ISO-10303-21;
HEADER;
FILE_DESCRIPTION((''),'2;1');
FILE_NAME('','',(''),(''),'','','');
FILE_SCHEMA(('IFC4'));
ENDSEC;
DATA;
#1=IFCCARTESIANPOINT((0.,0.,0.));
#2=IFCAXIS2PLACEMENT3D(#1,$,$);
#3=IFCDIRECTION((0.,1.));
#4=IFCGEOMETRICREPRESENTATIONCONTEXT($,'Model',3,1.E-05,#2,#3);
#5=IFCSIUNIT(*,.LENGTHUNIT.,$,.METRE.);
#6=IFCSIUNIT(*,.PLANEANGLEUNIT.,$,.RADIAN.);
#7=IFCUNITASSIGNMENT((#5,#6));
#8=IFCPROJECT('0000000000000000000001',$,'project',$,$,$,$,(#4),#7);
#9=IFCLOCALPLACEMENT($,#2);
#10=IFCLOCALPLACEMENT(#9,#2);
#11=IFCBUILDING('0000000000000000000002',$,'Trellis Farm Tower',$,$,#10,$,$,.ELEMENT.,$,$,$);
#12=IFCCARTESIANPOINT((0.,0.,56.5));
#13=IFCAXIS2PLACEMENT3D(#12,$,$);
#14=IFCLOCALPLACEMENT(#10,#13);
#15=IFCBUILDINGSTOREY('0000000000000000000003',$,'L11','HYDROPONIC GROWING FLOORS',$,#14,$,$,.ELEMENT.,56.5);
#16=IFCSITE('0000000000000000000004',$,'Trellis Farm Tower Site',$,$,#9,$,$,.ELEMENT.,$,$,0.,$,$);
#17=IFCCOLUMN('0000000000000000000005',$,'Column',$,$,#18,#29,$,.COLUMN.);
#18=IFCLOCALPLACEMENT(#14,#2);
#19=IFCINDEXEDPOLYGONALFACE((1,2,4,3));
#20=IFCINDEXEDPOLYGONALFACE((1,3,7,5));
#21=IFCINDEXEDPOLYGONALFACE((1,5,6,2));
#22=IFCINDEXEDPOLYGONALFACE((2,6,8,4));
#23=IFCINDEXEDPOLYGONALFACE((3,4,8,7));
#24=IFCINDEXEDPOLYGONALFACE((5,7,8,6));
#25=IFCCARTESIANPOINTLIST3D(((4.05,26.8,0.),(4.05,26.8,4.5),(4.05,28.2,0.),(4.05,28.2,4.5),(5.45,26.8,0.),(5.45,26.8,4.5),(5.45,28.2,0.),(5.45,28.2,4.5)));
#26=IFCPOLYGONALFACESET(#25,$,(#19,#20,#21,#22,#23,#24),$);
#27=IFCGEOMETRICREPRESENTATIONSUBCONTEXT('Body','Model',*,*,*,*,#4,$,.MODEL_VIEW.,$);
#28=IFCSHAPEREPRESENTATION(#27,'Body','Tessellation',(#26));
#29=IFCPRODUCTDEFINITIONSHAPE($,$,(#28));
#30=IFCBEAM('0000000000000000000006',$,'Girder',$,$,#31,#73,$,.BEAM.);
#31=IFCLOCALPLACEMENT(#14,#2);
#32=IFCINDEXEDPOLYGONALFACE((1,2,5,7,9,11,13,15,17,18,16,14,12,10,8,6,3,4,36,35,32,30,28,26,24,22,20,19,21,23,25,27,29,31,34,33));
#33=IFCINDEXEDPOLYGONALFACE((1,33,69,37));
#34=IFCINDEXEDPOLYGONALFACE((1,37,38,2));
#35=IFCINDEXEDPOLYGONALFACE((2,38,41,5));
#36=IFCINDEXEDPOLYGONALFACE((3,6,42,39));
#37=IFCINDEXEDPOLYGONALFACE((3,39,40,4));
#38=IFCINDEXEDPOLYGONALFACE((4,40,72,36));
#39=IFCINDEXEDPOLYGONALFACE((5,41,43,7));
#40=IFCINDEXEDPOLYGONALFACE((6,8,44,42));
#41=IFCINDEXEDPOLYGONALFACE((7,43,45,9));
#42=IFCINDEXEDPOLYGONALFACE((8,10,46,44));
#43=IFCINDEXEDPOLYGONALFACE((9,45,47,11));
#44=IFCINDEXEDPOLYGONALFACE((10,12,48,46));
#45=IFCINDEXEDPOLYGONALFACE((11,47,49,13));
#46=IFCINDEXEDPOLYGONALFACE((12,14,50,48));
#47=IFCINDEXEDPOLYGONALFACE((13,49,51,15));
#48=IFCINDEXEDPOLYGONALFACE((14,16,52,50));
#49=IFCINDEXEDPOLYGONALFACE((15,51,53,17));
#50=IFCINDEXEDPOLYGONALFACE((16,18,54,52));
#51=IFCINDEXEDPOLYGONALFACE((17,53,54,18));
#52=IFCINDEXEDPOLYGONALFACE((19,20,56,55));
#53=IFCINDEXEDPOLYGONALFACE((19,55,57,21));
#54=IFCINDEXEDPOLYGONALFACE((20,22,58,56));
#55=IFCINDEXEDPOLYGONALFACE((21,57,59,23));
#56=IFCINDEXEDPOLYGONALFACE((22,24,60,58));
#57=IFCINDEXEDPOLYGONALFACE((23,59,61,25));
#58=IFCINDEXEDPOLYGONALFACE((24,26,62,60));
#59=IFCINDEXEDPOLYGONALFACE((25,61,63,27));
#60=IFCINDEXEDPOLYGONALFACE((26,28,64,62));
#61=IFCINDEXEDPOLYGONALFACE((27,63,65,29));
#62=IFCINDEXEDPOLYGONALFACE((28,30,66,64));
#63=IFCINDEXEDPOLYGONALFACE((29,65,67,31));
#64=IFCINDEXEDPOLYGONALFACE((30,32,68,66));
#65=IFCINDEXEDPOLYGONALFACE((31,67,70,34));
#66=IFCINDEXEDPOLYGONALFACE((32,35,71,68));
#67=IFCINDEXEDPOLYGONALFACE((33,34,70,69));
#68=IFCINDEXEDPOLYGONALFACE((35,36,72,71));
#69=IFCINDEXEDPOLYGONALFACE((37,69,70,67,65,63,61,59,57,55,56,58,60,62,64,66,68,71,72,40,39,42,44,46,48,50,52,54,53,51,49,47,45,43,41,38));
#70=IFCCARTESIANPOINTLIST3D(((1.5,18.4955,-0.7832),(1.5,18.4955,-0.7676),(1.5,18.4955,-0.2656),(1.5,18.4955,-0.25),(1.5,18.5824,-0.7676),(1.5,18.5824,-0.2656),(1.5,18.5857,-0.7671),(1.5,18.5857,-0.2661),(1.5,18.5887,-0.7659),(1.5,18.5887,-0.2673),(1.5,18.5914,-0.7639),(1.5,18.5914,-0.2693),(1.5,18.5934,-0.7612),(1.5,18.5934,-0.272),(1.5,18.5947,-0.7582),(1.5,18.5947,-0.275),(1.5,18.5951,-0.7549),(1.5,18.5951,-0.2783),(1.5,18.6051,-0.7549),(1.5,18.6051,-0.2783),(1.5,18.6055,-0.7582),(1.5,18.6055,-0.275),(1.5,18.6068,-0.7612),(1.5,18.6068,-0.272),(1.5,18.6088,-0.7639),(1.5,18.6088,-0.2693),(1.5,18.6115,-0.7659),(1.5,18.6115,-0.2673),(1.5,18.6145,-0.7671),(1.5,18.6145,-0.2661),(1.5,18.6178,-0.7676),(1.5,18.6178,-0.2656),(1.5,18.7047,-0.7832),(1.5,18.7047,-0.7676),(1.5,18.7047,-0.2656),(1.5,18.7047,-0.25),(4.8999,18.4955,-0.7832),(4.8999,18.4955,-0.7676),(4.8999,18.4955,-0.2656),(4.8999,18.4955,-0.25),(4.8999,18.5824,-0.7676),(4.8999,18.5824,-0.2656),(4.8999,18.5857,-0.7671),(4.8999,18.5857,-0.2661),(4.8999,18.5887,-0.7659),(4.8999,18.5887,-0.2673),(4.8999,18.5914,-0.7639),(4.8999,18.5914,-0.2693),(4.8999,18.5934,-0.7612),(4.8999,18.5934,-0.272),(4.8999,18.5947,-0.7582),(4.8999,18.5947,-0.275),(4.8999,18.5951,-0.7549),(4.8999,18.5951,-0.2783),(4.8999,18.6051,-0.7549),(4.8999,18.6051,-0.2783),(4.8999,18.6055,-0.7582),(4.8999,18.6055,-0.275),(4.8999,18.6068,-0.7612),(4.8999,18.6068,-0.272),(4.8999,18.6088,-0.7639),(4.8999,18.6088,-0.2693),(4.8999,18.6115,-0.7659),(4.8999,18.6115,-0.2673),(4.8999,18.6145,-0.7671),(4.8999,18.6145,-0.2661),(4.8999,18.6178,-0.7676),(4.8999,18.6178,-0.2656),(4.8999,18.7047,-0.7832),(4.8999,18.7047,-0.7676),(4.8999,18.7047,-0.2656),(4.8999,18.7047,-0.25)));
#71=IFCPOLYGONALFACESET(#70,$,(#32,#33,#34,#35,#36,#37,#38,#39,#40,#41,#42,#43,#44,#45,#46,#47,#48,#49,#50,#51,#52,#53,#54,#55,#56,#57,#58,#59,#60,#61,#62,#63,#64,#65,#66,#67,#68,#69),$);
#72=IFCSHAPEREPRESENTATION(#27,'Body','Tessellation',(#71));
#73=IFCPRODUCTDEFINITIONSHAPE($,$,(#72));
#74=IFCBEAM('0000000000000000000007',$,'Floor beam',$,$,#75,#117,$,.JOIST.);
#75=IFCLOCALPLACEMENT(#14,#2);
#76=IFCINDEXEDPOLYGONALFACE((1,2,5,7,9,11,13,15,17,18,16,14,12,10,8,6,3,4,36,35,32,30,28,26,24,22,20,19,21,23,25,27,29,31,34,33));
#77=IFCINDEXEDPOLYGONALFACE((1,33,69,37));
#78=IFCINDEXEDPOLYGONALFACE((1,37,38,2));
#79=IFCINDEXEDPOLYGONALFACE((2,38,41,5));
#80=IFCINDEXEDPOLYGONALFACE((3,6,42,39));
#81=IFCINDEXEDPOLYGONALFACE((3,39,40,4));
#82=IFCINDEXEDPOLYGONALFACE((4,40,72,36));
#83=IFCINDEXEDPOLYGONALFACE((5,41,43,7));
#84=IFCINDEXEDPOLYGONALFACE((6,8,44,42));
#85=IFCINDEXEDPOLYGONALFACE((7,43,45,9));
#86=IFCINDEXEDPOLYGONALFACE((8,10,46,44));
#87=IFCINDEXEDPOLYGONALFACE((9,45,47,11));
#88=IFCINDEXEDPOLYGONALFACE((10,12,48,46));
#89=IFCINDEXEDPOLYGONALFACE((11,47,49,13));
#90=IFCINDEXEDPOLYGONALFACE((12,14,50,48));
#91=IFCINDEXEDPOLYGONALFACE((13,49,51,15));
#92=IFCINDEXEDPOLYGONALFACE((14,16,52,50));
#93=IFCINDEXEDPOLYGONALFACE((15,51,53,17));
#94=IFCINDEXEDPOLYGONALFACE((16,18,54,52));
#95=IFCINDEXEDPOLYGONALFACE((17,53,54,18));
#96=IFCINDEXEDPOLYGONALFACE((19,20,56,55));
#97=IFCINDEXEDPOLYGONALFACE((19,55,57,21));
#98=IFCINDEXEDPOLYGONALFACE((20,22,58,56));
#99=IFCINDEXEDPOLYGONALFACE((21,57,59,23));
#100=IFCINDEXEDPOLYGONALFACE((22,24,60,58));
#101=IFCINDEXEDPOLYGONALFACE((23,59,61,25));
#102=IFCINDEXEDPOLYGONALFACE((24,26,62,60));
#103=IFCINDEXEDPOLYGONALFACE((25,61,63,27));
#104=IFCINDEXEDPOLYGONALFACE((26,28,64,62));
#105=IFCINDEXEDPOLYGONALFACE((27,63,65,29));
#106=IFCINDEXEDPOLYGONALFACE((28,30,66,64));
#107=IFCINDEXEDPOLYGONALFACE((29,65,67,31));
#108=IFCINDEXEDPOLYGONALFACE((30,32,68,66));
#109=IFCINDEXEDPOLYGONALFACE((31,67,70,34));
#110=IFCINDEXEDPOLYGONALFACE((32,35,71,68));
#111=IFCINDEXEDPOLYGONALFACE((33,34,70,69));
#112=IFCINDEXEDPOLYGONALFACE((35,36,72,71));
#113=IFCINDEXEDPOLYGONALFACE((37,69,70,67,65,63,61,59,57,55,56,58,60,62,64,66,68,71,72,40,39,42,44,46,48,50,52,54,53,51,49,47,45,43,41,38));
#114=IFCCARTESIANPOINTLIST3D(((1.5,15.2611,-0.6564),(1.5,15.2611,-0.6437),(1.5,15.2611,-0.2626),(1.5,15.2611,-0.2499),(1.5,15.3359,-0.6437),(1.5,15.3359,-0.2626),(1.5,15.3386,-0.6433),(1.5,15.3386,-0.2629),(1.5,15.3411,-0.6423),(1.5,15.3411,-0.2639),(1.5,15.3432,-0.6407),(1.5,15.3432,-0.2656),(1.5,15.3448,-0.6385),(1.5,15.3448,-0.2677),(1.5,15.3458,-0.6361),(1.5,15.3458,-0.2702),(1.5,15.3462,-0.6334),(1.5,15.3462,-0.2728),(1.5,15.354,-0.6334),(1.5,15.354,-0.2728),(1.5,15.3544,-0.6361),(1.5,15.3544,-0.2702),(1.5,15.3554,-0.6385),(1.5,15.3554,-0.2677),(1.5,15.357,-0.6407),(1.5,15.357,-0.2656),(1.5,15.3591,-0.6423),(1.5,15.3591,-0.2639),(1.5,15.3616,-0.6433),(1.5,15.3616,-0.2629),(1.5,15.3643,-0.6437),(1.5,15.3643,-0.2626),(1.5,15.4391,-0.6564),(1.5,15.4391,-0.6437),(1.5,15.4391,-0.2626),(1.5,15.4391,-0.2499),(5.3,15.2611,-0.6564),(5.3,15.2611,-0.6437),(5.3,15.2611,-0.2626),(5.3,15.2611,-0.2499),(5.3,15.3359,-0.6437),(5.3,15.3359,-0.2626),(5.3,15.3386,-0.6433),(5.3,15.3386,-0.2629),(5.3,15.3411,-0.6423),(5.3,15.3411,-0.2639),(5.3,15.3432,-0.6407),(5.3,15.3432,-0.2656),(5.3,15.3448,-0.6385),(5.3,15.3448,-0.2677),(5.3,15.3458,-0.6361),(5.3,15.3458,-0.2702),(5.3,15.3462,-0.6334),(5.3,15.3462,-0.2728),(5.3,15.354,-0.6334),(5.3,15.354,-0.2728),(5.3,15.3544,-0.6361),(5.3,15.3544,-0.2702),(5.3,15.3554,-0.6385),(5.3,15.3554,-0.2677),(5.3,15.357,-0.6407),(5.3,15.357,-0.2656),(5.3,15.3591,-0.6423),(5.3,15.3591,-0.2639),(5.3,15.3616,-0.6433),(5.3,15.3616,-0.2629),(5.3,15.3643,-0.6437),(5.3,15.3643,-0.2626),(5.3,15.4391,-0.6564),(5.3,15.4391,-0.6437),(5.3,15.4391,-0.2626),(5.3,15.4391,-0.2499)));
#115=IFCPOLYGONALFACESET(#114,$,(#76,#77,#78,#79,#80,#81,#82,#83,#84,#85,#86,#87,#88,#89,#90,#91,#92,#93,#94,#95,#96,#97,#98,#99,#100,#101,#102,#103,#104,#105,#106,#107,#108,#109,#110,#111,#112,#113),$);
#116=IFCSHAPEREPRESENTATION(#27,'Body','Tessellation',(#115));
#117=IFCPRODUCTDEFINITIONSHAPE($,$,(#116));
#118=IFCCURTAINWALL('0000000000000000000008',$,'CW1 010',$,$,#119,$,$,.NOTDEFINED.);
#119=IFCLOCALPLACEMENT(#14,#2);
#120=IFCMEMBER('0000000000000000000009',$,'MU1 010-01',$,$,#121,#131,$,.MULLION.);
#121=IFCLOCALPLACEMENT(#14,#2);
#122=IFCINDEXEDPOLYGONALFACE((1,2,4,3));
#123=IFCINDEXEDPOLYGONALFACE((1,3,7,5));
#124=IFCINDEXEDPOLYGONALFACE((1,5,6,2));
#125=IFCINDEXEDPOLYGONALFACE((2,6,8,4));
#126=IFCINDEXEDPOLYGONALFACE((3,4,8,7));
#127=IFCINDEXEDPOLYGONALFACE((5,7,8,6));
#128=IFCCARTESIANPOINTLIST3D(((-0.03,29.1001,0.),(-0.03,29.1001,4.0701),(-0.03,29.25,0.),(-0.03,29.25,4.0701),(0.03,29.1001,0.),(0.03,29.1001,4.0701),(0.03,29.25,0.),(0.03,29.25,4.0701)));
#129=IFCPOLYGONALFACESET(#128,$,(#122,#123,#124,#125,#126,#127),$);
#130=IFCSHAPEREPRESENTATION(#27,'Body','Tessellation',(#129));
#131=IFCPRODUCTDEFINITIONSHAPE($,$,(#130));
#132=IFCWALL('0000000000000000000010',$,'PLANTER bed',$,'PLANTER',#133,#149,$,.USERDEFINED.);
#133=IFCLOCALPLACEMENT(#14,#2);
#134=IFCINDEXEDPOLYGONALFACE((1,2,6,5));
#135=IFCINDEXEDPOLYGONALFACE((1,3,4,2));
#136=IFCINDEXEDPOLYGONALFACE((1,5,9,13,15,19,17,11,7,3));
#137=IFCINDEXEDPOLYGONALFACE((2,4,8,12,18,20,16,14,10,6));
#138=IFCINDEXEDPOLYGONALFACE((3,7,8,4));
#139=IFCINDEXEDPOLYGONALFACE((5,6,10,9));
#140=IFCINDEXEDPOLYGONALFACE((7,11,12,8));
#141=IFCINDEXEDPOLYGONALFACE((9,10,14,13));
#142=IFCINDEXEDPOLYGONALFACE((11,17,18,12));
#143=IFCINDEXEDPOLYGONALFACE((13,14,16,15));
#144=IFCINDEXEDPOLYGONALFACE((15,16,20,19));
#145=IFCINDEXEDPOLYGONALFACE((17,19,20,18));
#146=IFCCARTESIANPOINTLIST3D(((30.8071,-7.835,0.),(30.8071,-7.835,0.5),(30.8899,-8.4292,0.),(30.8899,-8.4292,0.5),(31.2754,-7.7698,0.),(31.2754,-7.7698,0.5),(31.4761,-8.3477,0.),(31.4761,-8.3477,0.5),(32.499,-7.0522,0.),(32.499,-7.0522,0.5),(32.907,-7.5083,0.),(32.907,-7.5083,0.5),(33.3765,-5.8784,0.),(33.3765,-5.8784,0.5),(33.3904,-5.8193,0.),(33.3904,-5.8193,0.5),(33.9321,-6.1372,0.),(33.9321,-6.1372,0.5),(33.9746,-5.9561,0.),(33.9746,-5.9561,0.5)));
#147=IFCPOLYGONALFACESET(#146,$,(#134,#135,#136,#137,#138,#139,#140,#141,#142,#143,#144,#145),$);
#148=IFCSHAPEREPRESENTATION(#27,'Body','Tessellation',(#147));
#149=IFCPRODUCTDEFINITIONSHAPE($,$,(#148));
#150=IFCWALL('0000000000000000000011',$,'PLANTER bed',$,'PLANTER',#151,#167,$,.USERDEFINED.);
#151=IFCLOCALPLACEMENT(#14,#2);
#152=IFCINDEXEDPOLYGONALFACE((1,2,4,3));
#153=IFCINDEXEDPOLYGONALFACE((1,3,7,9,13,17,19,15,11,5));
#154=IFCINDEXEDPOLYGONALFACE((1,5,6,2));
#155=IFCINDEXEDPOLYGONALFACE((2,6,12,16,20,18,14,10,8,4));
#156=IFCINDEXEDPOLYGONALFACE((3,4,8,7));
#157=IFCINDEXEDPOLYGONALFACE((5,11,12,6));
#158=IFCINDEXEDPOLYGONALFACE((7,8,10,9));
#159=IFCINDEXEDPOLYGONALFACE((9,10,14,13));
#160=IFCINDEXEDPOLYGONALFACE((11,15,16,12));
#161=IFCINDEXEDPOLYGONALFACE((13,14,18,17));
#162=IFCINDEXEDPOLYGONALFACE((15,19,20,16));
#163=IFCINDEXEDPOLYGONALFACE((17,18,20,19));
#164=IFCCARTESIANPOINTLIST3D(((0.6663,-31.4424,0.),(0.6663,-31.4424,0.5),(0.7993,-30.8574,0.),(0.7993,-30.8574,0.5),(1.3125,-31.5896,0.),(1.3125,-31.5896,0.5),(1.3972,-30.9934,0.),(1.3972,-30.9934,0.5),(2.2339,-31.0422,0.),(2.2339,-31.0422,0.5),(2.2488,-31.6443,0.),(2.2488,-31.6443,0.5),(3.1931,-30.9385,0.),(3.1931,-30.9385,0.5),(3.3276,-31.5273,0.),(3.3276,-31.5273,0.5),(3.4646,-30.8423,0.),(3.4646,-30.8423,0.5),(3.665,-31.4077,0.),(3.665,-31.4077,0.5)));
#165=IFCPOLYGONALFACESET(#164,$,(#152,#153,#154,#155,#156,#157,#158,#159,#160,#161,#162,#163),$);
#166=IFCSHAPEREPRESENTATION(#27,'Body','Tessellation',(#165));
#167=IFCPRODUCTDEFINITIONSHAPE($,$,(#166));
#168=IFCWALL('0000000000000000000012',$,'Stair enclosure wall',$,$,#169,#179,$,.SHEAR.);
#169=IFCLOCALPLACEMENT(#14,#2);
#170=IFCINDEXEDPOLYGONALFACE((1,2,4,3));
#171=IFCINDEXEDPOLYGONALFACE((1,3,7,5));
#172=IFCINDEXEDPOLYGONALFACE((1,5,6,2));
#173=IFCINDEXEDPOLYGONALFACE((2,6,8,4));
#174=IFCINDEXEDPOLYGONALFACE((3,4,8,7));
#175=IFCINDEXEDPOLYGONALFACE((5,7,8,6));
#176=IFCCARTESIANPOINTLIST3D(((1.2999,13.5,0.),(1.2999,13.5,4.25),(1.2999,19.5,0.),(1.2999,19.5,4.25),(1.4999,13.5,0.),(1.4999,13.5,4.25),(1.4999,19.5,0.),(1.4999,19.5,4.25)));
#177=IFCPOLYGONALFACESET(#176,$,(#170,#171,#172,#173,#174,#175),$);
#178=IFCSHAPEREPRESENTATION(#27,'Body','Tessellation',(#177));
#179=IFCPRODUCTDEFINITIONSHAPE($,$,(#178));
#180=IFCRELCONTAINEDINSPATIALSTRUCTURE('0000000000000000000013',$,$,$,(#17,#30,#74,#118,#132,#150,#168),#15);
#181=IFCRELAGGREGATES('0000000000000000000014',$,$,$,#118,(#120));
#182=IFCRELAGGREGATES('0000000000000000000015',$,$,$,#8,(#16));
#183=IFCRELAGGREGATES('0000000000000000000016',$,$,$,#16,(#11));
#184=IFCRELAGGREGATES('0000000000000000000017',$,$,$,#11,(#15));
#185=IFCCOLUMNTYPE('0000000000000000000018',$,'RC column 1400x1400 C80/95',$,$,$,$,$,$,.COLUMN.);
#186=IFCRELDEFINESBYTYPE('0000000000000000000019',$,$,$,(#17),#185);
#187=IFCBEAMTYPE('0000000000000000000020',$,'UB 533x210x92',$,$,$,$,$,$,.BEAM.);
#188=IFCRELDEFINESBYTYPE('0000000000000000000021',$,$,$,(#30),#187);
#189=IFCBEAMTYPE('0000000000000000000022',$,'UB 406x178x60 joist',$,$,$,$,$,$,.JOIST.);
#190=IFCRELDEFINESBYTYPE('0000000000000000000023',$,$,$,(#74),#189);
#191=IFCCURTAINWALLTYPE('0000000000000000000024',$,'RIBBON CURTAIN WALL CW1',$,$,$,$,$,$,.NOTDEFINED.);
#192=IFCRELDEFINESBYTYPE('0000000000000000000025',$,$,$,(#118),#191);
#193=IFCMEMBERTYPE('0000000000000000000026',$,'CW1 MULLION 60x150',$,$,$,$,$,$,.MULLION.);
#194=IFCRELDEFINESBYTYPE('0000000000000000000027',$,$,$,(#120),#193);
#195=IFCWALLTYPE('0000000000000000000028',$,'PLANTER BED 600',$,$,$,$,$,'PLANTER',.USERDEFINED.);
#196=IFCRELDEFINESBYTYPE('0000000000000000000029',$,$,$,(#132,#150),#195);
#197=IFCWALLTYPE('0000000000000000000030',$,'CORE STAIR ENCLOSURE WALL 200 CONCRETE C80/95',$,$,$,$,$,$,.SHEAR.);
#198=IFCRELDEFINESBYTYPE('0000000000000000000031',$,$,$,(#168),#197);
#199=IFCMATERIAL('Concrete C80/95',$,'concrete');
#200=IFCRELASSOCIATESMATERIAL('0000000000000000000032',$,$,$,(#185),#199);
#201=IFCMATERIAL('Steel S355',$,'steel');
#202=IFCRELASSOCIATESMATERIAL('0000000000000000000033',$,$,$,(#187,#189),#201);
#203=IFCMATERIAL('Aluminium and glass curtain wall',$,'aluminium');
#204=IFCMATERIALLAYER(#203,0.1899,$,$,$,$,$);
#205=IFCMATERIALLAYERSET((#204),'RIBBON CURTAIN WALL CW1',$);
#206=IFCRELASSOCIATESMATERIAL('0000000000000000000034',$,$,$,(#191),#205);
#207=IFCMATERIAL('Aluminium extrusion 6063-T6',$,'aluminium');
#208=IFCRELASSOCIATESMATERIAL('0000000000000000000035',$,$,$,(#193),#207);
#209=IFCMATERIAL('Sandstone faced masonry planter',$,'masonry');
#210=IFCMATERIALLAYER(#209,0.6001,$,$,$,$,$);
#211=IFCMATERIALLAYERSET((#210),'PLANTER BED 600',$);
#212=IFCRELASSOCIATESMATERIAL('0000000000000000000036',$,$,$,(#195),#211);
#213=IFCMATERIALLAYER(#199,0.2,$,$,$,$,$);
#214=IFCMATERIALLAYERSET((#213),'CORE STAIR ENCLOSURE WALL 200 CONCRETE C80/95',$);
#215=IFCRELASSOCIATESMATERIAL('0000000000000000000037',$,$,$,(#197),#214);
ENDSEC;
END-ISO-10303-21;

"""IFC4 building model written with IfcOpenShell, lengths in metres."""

from ifc_helpers import new_model, si_unit, direction, frame, frame_2d, origin, origin_2d, place, context, subcontext, project, spatial, polyline, rectangle, i_section, outline, extrude, source, transform, mapped, material, layer, layer_set, material_profile, profile_set, type_object, element, aggregate, save


model = new_model("IFC4")

# Units and contexts
model_context = context("Model", 3, precision=1e-05, world=origin(), true_north=direction((0.0, 1.0)))
body_context = subcontext(model_context, "Body", "Model", "MODEL_VIEW")
ifc_project = project(units=[si_unit("LENGTHUNIT", "METRE"), si_unit("PLANEANGLEUNIT", "RADIAN")], contexts=[model_context])

# Site, building, storey
site_placement = place(None, origin())
site = spatial("IfcSite", under=ifc_project, at=site_placement, Name="Trellis Farm Tower Site", CompositionType="ELEMENT", RefElevation=0.0)
building_placement = place(site_placement, origin())
building = spatial("IfcBuilding", under=site, at=building_placement, Name="Trellis Farm Tower", CompositionType="ELEMENT")
storey_placement = place(building_placement, frame((0.0, 0.0, 56.5)))
storey = spatial("IfcBuildingStorey", under=building, at=storey_placement, Name="L11", Description="HYDROPONIC GROWING FLOORS", CompositionType="ELEMENT", Elevation=56.5)

# Column
ifc_material_1 = material(Name="Concrete C80/95", Category="concrete")
ifc_material_profile_1 = material_profile(ifc_material_1, rectangle(XDim=1.3999, YDim=1.3999, at=origin_2d()), Name="RC column 1400x1400 C80/95")
ifc_profile_set_1 = profile_set([ifc_material_profile_1], Name="Concrete C80/95")
column_type = type_object("IfcColumnType", Name="RC column 1400x1400 C80/95", PredefinedType="COLUMN", material=ifc_profile_set_1)
shared_shape_1 = source(origin(), body_context, "Body", "SweptSolid", [
    extrude(rectangle(XDim=1.3999, YDim=1.3999, at=origin_2d()), origin(), (0.0, 0.0, 1.0), 4.5),
])
column_placement = place(storey_placement, frame((4.75, 27.5, 0.0), z_axis=(0.0, 0.0, 1.0), x_axis=(1.0, 0.0, 0.0)))
element("IfcColumn", 1, at=column_placement, inside=storey, type_object=column_type, Name="Column", PredefinedType="COLUMN", context=body_context, shape_type="MappedRepresentation", body=[
    mapped(shared_shape_1, transform((0.0, 0.0, 0.0))),
])

# Beams
ifc_material_2 = material(Name="Steel S355", Category="steel")
ifc_material_profile_2 = material_profile(ifc_material_2, i_section(OverallWidth=0.2092, OverallDepth=0.5332, WebThickness=0.01, FlangeThickness=0.0156, FilletRadius=0.0127, at=origin_2d()), Name="UB 533x210x92")
ifc_profile_set_2 = profile_set([ifc_material_profile_2], Name="Steel S355")
beam_type_1 = type_object("IfcBeamType", Name="UB 533x210x92", PredefinedType="BEAM", material=ifc_profile_set_2)
shared_shape_2 = source(origin(), body_context, "Body", "SweptSolid", [
    extrude(i_section(OverallWidth=0.2092, OverallDepth=0.5332, WebThickness=0.01, FlangeThickness=0.0156, FilletRadius=0.0127, at=origin_2d()), origin(), (0.0, 0.0, 1.0), 3.3999),
])
beam_1_placement = place(storey_placement, frame((1.5, 18.6001, -0.5166), z_axis=(1.0, 0.0, 0.0), x_axis=(0.0, 1.0, 0.0)))
element("IfcBeam", 2, at=beam_1_placement, inside=storey, type_object=beam_type_1, Name="Girder", PredefinedType="BEAM", context=body_context, shape_type="MappedRepresentation", body=[
    mapped(shared_shape_2, transform((0.0, 0.0, 0.0))),
])
ifc_material_profile_3 = material_profile(ifc_material_2, i_section(OverallWidth=0.178, OverallDepth=0.4065, WebThickness=0.0078, FlangeThickness=0.0127, FilletRadius=0.0103, at=origin_2d()), Name="UB 406x178x60")
ifc_profile_set_3 = profile_set([ifc_material_profile_3], Name="Steel S355")
beam_type_2 = type_object("IfcBeamType", Name="UB 406x178x60 joist", PredefinedType="JOIST", material=ifc_profile_set_3)
shared_shape_3 = source(origin(), body_context, "Body", "SweptSolid", [
    extrude(i_section(OverallWidth=0.178, OverallDepth=0.4065, WebThickness=0.0078, FlangeThickness=0.0127, FilletRadius=0.0103, at=origin_2d()), origin(), (0.0, 0.0, 1.0), 3.8),
])
beam_2_placement = place(storey_placement, frame((1.5, 15.3501, -0.4531), z_axis=(1.0, 0.0, 0.0), x_axis=(0.0, 1.0, 0.0)))
element("IfcBeam", 3, at=beam_2_placement, inside=storey, type_object=beam_type_2, Name="Floor beam", PredefinedType="JOIST", context=body_context, shape_type="MappedRepresentation", body=[
    mapped(shared_shape_3, transform((0.0, 0.0, 0.0))),
])

# Curtain wall, member
ifc_material_3 = material(Name="Aluminium and glass curtain wall", Category="aluminium")
ifc_layer_1 = layer(ifc_material_3, 0.1899)
ifc_layer_set_1 = layer_set([ifc_layer_1], Name="RIBBON CURTAIN WALL CW1")
curtain_wall_type = type_object("IfcCurtainWallType", Name="RIBBON CURTAIN WALL CW1", PredefinedType="NOTDEFINED", material=ifc_layer_set_1)
placement = place(storey_placement, origin())
curtain_wall = element("IfcCurtainWall", 4, at=placement, inside=storey, type_object=curtain_wall_type, Name="CW1 010", PredefinedType="NOTDEFINED")
ifc_material_4 = material(Name="Aluminium extrusion 6063-T6", Category="aluminium")
ifc_material_profile_4 = material_profile(ifc_material_4, rectangle(XDim=0.0601, YDim=0.1499, at=origin_2d()), Name="MULLION 60x150")
ifc_profile_set_4 = profile_set([ifc_material_profile_4], Name="Aluminium extrusion 6063-T6")
member_type = type_object("IfcMemberType", Name="CW1 MULLION 60x150", PredefinedType="MULLION", material=ifc_profile_set_4)
shared_shape_4 = source(origin(), body_context, "Body", "SweptSolid", [
    extrude(rectangle(XDim=0.0601, YDim=0.1499, at=origin_2d()), origin(), (0.0, 0.0, 1.0), 4.0701),
])
member_placement = place(storey_placement, frame((0.0, 29.175, 0.0), z_axis=(0.0, 0.0, 1.0), x_axis=(-1.0, 0.0, 0.0)))
member = element("IfcMember", 5, at=member_placement, type_object=member_type, Name="MU1 010-01", PredefinedType="MULLION", context=body_context, shape_type="MappedRepresentation", body=[
    mapped(shared_shape_4, transform((0.0, 0.0, 0.0))),
])
aggregate(curtain_wall, [member])

# Walls
ifc_material_5 = material(Name="Sandstone faced masonry planter", Category="masonry")
ifc_layer_2 = layer(ifc_material_5, 0.6001)
ifc_layer_set_2 = layer_set([ifc_layer_2], Name="PLANTER BED 600")
wall_type_1 = type_object("IfcWallType", Name="PLANTER BED 600", ElementType="PLANTER", PredefinedType="USERDEFINED", material=ifc_layer_set_2)
element("IfcWall", 6, at=placement, inside=storey, type_object=wall_type_1, Name="PLANTER bed", ObjectType="PLANTER", PredefinedType="USERDEFINED", context=body_context, shape_type="SweptSolid", body=[
    extrude(outline(polyline([(32.907, -7.5083), (31.4761, -8.3477), (30.8899, -8.4292), (30.8071, -7.835), (31.2754, -7.7698), (32.499, -7.0522), (33.3765, -5.8784), (33.3904, -5.8193), (33.9746, -5.9561), (33.9321, -6.1372), (32.907, -7.5083)])), origin(), (0.0, 0.0, 1.0), 0.5),
])
element("IfcWall", 7, at=placement, inside=storey, type_object=wall_type_1, Name="PLANTER bed", ObjectType="PLANTER", PredefinedType="USERDEFINED", context=body_context, shape_type="SweptSolid", body=[
    extrude(outline(polyline([(2.2488, -31.6443), (1.3125, -31.5896), (0.6663, -31.4424), (0.7993, -30.8574), (1.3972, -30.9934), (2.2339, -31.0422), (3.1931, -30.9385), (3.4646, -30.8423), (3.665, -31.4077), (3.3276, -31.5273), (2.2488, -31.6443)])), origin(), (0.0, 0.0, 1.0), 0.5),
])
ifc_layer_3 = layer(ifc_material_1, 0.2)
ifc_layer_set_3 = layer_set([ifc_layer_3], Name="CORE STAIR ENCLOSURE WALL 200 CONCRETE C80/95")
wall_type_2 = type_object("IfcWallType", Name="CORE STAIR ENCLOSURE WALL 200 CONCRETE C80/95", PredefinedType="SHEAR", material=ifc_layer_set_3)
shared_shape_5 = source(origin(), body_context, "Body", "SweptSolid", [
    extrude(rectangle(XDim=6.0, YDim=0.2, at=frame_2d((3.0, 0.0))), origin(), (0.0, 0.0, 1.0), 4.25),
])
wall_1_placement = place(storey_placement, frame((1.3999, 13.5, 0.0), z_axis=(0.0, 0.0, 1.0), x_axis=(0.0, 1.0, 0.0)))
element("IfcWall", 8, at=wall_1_placement, inside=storey, type_object=wall_type_2, Name="Stair enclosure wall", PredefinedType="SHEAR", context=body_context, shape_type="MappedRepresentation", body=[
    mapped(shared_shape_5, transform((0.0, 0.0, 0.0))),
])

save(model, "model.ifc")
